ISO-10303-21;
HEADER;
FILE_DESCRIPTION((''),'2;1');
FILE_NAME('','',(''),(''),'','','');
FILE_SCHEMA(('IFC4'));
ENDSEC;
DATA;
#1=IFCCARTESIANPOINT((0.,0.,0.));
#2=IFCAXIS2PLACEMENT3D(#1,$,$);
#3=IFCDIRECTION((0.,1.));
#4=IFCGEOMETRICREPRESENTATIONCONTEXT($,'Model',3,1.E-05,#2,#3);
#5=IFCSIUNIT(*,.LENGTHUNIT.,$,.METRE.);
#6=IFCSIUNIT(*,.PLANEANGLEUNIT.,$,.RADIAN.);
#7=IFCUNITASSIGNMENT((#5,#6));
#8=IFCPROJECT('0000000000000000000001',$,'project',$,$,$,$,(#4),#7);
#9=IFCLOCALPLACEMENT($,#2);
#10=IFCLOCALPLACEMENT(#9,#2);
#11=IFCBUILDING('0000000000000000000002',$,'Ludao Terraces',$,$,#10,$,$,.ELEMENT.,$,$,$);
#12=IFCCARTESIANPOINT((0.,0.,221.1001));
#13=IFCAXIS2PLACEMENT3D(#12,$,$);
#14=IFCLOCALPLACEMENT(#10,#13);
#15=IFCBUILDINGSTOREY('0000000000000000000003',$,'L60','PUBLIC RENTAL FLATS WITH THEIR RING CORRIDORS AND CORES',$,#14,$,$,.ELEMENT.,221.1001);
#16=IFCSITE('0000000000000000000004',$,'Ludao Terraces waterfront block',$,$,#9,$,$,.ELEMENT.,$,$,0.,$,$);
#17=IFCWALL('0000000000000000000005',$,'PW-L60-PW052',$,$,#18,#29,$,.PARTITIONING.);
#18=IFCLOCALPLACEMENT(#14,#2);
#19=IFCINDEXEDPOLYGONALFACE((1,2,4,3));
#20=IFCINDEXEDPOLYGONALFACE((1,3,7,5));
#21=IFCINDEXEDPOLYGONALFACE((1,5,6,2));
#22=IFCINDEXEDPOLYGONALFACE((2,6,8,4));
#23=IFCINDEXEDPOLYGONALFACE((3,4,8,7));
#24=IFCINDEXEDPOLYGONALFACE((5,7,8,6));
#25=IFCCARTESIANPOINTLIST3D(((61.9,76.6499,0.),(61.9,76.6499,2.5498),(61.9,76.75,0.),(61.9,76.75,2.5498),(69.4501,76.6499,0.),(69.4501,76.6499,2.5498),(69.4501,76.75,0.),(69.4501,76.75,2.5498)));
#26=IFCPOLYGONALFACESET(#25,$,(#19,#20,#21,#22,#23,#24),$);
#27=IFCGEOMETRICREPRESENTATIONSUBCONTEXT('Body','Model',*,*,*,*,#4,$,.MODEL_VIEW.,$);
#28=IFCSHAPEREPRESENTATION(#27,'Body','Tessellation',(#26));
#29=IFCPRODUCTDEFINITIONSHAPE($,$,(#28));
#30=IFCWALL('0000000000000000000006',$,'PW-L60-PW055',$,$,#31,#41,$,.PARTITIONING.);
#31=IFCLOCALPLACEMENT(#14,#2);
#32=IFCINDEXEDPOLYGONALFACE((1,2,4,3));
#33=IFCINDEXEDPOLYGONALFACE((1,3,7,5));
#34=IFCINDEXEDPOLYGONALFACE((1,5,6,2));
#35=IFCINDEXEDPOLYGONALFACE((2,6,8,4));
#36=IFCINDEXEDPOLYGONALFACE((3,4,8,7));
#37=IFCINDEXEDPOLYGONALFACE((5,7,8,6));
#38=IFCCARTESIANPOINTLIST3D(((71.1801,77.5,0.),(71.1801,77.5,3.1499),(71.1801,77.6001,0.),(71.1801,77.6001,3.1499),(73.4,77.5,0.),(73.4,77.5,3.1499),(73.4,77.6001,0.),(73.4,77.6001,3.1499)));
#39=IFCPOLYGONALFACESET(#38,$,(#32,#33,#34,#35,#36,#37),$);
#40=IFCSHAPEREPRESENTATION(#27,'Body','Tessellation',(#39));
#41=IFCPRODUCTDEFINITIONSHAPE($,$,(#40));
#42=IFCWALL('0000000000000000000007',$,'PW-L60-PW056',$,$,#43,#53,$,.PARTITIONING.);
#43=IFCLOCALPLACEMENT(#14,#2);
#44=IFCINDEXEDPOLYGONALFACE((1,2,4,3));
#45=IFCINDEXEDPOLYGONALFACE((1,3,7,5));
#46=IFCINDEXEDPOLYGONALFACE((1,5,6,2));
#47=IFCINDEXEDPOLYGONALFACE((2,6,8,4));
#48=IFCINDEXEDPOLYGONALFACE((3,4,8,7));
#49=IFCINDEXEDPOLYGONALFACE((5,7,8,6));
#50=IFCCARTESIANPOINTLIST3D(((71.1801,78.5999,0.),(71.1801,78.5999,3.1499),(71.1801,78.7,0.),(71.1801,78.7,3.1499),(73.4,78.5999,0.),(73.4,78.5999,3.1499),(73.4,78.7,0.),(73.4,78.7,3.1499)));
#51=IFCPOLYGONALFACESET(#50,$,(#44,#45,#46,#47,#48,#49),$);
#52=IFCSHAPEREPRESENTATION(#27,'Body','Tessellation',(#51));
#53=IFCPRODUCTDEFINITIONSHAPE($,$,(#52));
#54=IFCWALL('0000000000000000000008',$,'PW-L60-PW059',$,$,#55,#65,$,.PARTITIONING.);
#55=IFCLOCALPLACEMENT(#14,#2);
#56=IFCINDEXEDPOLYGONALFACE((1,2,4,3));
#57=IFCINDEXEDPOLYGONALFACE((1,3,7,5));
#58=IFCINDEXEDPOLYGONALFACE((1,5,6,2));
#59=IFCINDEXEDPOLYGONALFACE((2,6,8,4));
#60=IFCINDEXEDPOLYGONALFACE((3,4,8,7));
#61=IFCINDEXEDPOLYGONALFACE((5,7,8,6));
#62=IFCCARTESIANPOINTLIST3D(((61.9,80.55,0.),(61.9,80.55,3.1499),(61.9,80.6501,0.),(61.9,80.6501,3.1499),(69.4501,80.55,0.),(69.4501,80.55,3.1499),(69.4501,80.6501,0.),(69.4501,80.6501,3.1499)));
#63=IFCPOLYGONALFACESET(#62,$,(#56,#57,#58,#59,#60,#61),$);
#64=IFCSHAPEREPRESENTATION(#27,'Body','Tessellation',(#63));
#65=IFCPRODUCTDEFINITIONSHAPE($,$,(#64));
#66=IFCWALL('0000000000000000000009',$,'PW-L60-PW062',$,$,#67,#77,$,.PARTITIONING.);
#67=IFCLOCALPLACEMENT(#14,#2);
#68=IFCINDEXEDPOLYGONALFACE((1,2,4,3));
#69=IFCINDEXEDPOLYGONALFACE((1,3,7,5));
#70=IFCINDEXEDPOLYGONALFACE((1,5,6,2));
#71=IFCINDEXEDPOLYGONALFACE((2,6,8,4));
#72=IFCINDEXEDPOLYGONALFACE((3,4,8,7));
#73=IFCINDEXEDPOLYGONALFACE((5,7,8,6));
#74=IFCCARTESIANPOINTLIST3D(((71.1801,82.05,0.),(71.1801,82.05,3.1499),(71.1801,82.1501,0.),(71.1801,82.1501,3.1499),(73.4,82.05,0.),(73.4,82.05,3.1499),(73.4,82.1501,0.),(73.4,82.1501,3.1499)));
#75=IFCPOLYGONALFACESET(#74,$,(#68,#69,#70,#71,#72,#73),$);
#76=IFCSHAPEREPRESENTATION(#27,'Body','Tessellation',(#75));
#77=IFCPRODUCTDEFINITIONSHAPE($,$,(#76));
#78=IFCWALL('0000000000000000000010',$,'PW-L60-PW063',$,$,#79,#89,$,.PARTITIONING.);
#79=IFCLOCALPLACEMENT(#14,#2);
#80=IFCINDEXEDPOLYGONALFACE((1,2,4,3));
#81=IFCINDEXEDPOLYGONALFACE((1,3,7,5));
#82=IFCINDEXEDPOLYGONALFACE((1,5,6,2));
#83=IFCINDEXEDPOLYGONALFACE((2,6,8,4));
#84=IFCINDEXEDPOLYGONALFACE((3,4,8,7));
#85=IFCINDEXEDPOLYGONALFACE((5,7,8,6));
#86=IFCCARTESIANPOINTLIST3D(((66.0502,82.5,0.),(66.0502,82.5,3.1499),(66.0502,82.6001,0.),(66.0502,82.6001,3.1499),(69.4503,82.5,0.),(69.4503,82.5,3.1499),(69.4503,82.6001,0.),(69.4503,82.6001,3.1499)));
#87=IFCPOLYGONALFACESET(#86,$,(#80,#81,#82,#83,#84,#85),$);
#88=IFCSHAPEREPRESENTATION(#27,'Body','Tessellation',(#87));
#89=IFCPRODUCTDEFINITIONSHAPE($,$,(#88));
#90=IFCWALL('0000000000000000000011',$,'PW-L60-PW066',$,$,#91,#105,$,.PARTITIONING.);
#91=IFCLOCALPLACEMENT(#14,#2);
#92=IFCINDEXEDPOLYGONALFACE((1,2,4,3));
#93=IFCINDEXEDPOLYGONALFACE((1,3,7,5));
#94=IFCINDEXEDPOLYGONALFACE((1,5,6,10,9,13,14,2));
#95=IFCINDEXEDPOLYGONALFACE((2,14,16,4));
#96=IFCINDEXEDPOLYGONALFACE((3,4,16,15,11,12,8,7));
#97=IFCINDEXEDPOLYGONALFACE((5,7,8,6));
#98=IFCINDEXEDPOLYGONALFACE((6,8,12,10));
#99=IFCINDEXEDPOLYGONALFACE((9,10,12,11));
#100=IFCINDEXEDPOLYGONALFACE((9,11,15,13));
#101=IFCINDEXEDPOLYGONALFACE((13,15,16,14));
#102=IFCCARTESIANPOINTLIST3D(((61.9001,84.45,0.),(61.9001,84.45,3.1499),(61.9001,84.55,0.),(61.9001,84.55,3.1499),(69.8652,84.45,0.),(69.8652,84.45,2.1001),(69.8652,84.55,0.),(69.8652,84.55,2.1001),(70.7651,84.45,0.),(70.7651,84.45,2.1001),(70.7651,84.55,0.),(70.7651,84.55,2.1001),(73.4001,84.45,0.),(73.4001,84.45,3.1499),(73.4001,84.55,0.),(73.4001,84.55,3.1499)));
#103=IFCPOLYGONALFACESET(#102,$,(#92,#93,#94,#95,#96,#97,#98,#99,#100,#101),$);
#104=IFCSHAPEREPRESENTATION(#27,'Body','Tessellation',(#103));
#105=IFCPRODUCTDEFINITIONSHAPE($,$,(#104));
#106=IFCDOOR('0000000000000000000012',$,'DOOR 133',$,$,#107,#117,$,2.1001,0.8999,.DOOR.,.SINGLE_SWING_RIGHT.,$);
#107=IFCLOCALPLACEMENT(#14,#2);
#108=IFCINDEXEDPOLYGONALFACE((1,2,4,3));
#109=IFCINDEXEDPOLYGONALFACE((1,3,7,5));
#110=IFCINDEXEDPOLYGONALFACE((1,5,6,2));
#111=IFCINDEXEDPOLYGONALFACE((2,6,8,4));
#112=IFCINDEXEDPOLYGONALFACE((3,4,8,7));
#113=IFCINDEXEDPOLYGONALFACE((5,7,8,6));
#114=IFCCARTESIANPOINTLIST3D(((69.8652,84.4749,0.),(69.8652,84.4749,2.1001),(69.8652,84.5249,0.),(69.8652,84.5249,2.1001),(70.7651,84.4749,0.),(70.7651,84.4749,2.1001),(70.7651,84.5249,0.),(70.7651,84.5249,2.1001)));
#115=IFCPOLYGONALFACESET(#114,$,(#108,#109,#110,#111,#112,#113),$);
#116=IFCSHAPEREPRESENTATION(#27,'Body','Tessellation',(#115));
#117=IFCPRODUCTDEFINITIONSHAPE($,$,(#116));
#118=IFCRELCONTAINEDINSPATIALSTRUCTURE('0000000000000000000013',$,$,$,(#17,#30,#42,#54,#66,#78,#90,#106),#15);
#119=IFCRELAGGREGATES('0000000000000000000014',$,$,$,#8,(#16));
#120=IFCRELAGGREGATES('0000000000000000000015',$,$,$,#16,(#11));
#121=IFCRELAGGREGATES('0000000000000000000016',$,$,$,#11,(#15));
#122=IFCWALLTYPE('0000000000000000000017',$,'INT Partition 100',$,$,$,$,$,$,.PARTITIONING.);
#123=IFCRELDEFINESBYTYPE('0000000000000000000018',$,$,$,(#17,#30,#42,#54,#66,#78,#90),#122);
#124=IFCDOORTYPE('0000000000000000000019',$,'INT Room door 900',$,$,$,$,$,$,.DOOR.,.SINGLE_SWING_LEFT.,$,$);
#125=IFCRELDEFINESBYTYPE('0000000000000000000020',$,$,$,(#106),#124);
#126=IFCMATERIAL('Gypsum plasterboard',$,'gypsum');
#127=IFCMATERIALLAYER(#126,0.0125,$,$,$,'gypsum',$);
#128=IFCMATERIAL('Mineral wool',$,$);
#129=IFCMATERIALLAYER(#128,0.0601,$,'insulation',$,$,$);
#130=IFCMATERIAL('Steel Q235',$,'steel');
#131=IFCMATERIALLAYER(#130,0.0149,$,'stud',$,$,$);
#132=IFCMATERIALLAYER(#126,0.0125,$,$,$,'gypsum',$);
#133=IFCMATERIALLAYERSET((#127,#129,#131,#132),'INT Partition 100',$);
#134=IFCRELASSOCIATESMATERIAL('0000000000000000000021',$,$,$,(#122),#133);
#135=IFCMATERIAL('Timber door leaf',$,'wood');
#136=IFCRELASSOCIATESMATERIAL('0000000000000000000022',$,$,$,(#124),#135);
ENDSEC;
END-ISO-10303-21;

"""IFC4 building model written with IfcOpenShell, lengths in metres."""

from ifc_helpers import new_model, si_unit, direction, frame, frame_2d, origin, place, context, subcontext, project, spatial, rectangle, extrude, material, layer, layer_set, type_object, element, fill, save


model = new_model("IFC4")

# Units and contexts
model_context = context("Model", 3, precision=1e-05, world=origin(), true_north=direction((0.0, 1.0)))
body_context = subcontext(model_context, "Body", "Model", "MODEL_VIEW")
ifc_project = project(units=[si_unit("LENGTHUNIT", "METRE"), si_unit("PLANEANGLEUNIT", "RADIAN")], contexts=[model_context])

# Site, building, storey
site_placement = place(None, origin())
site = spatial("IfcSite", under=ifc_project, at=site_placement, Name="Ludao Terraces waterfront block", CompositionType="ELEMENT", RefElevation=0.0)
building_placement = place(site_placement, origin())
building = spatial("IfcBuilding", under=site, at=building_placement, Name="Ludao Terraces", CompositionType="ELEMENT")
storey_placement = place(building_placement, frame((0.0, 0.0, 221.1001)))
storey = spatial("IfcBuildingStorey", under=building, at=storey_placement, Name="L60", Description="PUBLIC RENTAL FLATS WITH THEIR RING CORRIDORS AND CORES", CompositionType="ELEMENT", Elevation=221.1001)

# Shared definitions
ifc_material_1 = material(Name="Mineral wool")

# Walls
ifc_material_2 = material(Name="Gypsum plasterboard", Category="gypsum")
ifc_layer_1 = layer(ifc_material_2, 0.0125, Category="gypsum")
ifc_layer_2 = layer(ifc_material_1, 0.0601, Name="insulation")
ifc_material_3 = material(Name="Steel Q235", Category="steel")
ifc_layer_3 = layer(ifc_material_3, 0.0149, Name="stud")
ifc_layer_4 = layer(ifc_material_2, 0.0125, Category="gypsum")
ifc_layer_set_1 = layer_set([ifc_layer_1, ifc_layer_2, ifc_layer_3, ifc_layer_4], Name="INT Partition 100")
wall_type_1 = type_object("IfcWallType", Name="INT Partition 100", PredefinedType="PARTITIONING", material=ifc_layer_set_1)
wall_1_placement = place(storey_placement, frame((61.9001, 76.7, 0.0), z_axis=(0.0, 0.0, 1.0), x_axis=(1.0, 0.0, 0.0)))
element("IfcWall", 1, at=wall_1_placement, inside=storey, type_object=wall_type_1, Name="PW-L60-PW052", PredefinedType="PARTITIONING", context=body_context, shape_type="SweptSolid", body=[
    extrude(rectangle(XDim=7.55, YDim=0.1001, at=frame_2d((3.7749, 0.0))), origin(), (0.0, 0.0, 1.0), 2.5498),
])
for number, where, z_axis, x_axis, name in (
    (2, (71.1802, 77.55, 0.0), (0.0, 0.0, 1.0), (1.0, 0.0, 0.0), "PW-L60-PW055"),
    (3, (71.1802, 78.6499, 0.0), (0.0, 0.0, 1.0), (1.0, 0.0, 0.0), "PW-L60-PW056"),
):
    element("IfcWall", number, at=place(storey_placement, frame(where, z_axis=z_axis, x_axis=x_axis)), inside=storey, type_object=wall_type_1, Name=name, PredefinedType="PARTITIONING", context=body_context, shape_type="SweptSolid", body=[
        extrude(rectangle(XDim=2.22, YDim=0.1001, at=frame_2d((1.1099, 0.0))), origin(), (0.0, 0.0, 1.0), 3.1499),
    ])
wall_2_placement = place(storey_placement, frame((61.9001, 80.6001, 0.0), z_axis=(0.0, 0.0, 1.0), x_axis=(1.0, 0.0, 0.0)))
element("IfcWall", 4, at=wall_2_placement, inside=storey, type_object=wall_type_1, Name="PW-L60-PW059", PredefinedType="PARTITIONING", context=body_context, shape_type="SweptSolid", body=[
    extrude(rectangle(XDim=7.55, YDim=0.1001, at=frame_2d((3.7749, 0.0))), origin(), (0.0, 0.0, 1.0), 3.1499),
])
wall_3_placement = place(storey_placement, frame((71.1802, 82.1001, 0.0), z_axis=(0.0, 0.0, 1.0), x_axis=(1.0, 0.0, 0.0)))
element("IfcWall", 5, at=wall_3_placement, inside=storey, type_object=wall_type_1, Name="PW-L60-PW062", PredefinedType="PARTITIONING", context=body_context, shape_type="SweptSolid", body=[
    extrude(rectangle(XDim=2.22, YDim=0.1001, at=frame_2d((1.1099, 0.0))), origin(), (0.0, 0.0, 1.0), 3.1499),
])
wall_4_placement = place(storey_placement, frame((66.05, 82.55, 0.0), z_axis=(0.0, 0.0, 1.0), x_axis=(1.0, 0.0, 0.0)))
element("IfcWall", 6, at=wall_4_placement, inside=storey, type_object=wall_type_1, Name="PW-L60-PW063", PredefinedType="PARTITIONING", context=body_context, shape_type="SweptSolid", body=[
    extrude(rectangle(XDim=3.4001, YDim=0.1001, at=frame_2d((1.7002, 0.0))), origin(), (0.0, 0.0, 1.0), 3.1499),
])

# Wall, opening, door
wall_5_placement = place(storey_placement, frame((61.9001, 84.5, 0.0), z_axis=(0.0, 0.0, 1.0), x_axis=(1.0, 0.0, 0.0)))
wall_5 = element("IfcWall", 7, at=wall_5_placement, inside=storey, type_object=wall_type_1, Name="PW-L60-PW066", PredefinedType="PARTITIONING", context=body_context, shape_type="SweptSolid", body=[
    extrude(rectangle(XDim=11.5, YDim=0.1001, at=frame_2d((5.75, 0.0))), origin(), (0.0, 0.0, 1.0), 3.1499),
])
opening_1_placement = place(wall_5_placement, frame((7.9651, 0.0, 0.0)))
opening_1 = element("IfcOpeningElement", 8, at=opening_1_placement, cuts=wall_5, PredefinedType="OPENING", context=body_context, shape_type="SweptSolid", body=[
    extrude(rectangle(XDim=0.8999, YDim=2.1001, at=frame_2d((0.45, 1.05))), frame((0.0, 0.0601, 0.0), z_axis=(0.0, -1.0, 0.0), x_axis=(1.0, 0.0, 0.0)), (0.0, 0.0, 1.0), 0.1201),
])
ifc_material_4 = material(Name="Timber door leaf", Category="wood")
door_type = type_object("IfcDoorType", Name="INT Room door 900", OperationType="SINGLE_SWING_LEFT", PredefinedType="DOOR", material=ifc_material_4)
door_placement = place(opening_1_placement, origin())
door = element("IfcDoor", 9, at=door_placement, inside=storey, type_object=door_type, Name="DOOR 133", OperationType="SINGLE_SWING_RIGHT", OverallHeight=2.1001, OverallWidth=0.8999, PredefinedType="DOOR", context=body_context, shape_type="SweptSolid", body=[
    extrude(rectangle(XDim=0.8999, YDim=2.1001, at=frame_2d((0.45, 1.05))), frame((0.0, 0.0249, 0.0), z_axis=(0.0, -1.0, 0.0), x_axis=(1.0, 0.0, 0.0)), (0.0, 0.0, 1.0), 0.05),
])
fill(opening_1, door)

save(model, "model.ifc")
